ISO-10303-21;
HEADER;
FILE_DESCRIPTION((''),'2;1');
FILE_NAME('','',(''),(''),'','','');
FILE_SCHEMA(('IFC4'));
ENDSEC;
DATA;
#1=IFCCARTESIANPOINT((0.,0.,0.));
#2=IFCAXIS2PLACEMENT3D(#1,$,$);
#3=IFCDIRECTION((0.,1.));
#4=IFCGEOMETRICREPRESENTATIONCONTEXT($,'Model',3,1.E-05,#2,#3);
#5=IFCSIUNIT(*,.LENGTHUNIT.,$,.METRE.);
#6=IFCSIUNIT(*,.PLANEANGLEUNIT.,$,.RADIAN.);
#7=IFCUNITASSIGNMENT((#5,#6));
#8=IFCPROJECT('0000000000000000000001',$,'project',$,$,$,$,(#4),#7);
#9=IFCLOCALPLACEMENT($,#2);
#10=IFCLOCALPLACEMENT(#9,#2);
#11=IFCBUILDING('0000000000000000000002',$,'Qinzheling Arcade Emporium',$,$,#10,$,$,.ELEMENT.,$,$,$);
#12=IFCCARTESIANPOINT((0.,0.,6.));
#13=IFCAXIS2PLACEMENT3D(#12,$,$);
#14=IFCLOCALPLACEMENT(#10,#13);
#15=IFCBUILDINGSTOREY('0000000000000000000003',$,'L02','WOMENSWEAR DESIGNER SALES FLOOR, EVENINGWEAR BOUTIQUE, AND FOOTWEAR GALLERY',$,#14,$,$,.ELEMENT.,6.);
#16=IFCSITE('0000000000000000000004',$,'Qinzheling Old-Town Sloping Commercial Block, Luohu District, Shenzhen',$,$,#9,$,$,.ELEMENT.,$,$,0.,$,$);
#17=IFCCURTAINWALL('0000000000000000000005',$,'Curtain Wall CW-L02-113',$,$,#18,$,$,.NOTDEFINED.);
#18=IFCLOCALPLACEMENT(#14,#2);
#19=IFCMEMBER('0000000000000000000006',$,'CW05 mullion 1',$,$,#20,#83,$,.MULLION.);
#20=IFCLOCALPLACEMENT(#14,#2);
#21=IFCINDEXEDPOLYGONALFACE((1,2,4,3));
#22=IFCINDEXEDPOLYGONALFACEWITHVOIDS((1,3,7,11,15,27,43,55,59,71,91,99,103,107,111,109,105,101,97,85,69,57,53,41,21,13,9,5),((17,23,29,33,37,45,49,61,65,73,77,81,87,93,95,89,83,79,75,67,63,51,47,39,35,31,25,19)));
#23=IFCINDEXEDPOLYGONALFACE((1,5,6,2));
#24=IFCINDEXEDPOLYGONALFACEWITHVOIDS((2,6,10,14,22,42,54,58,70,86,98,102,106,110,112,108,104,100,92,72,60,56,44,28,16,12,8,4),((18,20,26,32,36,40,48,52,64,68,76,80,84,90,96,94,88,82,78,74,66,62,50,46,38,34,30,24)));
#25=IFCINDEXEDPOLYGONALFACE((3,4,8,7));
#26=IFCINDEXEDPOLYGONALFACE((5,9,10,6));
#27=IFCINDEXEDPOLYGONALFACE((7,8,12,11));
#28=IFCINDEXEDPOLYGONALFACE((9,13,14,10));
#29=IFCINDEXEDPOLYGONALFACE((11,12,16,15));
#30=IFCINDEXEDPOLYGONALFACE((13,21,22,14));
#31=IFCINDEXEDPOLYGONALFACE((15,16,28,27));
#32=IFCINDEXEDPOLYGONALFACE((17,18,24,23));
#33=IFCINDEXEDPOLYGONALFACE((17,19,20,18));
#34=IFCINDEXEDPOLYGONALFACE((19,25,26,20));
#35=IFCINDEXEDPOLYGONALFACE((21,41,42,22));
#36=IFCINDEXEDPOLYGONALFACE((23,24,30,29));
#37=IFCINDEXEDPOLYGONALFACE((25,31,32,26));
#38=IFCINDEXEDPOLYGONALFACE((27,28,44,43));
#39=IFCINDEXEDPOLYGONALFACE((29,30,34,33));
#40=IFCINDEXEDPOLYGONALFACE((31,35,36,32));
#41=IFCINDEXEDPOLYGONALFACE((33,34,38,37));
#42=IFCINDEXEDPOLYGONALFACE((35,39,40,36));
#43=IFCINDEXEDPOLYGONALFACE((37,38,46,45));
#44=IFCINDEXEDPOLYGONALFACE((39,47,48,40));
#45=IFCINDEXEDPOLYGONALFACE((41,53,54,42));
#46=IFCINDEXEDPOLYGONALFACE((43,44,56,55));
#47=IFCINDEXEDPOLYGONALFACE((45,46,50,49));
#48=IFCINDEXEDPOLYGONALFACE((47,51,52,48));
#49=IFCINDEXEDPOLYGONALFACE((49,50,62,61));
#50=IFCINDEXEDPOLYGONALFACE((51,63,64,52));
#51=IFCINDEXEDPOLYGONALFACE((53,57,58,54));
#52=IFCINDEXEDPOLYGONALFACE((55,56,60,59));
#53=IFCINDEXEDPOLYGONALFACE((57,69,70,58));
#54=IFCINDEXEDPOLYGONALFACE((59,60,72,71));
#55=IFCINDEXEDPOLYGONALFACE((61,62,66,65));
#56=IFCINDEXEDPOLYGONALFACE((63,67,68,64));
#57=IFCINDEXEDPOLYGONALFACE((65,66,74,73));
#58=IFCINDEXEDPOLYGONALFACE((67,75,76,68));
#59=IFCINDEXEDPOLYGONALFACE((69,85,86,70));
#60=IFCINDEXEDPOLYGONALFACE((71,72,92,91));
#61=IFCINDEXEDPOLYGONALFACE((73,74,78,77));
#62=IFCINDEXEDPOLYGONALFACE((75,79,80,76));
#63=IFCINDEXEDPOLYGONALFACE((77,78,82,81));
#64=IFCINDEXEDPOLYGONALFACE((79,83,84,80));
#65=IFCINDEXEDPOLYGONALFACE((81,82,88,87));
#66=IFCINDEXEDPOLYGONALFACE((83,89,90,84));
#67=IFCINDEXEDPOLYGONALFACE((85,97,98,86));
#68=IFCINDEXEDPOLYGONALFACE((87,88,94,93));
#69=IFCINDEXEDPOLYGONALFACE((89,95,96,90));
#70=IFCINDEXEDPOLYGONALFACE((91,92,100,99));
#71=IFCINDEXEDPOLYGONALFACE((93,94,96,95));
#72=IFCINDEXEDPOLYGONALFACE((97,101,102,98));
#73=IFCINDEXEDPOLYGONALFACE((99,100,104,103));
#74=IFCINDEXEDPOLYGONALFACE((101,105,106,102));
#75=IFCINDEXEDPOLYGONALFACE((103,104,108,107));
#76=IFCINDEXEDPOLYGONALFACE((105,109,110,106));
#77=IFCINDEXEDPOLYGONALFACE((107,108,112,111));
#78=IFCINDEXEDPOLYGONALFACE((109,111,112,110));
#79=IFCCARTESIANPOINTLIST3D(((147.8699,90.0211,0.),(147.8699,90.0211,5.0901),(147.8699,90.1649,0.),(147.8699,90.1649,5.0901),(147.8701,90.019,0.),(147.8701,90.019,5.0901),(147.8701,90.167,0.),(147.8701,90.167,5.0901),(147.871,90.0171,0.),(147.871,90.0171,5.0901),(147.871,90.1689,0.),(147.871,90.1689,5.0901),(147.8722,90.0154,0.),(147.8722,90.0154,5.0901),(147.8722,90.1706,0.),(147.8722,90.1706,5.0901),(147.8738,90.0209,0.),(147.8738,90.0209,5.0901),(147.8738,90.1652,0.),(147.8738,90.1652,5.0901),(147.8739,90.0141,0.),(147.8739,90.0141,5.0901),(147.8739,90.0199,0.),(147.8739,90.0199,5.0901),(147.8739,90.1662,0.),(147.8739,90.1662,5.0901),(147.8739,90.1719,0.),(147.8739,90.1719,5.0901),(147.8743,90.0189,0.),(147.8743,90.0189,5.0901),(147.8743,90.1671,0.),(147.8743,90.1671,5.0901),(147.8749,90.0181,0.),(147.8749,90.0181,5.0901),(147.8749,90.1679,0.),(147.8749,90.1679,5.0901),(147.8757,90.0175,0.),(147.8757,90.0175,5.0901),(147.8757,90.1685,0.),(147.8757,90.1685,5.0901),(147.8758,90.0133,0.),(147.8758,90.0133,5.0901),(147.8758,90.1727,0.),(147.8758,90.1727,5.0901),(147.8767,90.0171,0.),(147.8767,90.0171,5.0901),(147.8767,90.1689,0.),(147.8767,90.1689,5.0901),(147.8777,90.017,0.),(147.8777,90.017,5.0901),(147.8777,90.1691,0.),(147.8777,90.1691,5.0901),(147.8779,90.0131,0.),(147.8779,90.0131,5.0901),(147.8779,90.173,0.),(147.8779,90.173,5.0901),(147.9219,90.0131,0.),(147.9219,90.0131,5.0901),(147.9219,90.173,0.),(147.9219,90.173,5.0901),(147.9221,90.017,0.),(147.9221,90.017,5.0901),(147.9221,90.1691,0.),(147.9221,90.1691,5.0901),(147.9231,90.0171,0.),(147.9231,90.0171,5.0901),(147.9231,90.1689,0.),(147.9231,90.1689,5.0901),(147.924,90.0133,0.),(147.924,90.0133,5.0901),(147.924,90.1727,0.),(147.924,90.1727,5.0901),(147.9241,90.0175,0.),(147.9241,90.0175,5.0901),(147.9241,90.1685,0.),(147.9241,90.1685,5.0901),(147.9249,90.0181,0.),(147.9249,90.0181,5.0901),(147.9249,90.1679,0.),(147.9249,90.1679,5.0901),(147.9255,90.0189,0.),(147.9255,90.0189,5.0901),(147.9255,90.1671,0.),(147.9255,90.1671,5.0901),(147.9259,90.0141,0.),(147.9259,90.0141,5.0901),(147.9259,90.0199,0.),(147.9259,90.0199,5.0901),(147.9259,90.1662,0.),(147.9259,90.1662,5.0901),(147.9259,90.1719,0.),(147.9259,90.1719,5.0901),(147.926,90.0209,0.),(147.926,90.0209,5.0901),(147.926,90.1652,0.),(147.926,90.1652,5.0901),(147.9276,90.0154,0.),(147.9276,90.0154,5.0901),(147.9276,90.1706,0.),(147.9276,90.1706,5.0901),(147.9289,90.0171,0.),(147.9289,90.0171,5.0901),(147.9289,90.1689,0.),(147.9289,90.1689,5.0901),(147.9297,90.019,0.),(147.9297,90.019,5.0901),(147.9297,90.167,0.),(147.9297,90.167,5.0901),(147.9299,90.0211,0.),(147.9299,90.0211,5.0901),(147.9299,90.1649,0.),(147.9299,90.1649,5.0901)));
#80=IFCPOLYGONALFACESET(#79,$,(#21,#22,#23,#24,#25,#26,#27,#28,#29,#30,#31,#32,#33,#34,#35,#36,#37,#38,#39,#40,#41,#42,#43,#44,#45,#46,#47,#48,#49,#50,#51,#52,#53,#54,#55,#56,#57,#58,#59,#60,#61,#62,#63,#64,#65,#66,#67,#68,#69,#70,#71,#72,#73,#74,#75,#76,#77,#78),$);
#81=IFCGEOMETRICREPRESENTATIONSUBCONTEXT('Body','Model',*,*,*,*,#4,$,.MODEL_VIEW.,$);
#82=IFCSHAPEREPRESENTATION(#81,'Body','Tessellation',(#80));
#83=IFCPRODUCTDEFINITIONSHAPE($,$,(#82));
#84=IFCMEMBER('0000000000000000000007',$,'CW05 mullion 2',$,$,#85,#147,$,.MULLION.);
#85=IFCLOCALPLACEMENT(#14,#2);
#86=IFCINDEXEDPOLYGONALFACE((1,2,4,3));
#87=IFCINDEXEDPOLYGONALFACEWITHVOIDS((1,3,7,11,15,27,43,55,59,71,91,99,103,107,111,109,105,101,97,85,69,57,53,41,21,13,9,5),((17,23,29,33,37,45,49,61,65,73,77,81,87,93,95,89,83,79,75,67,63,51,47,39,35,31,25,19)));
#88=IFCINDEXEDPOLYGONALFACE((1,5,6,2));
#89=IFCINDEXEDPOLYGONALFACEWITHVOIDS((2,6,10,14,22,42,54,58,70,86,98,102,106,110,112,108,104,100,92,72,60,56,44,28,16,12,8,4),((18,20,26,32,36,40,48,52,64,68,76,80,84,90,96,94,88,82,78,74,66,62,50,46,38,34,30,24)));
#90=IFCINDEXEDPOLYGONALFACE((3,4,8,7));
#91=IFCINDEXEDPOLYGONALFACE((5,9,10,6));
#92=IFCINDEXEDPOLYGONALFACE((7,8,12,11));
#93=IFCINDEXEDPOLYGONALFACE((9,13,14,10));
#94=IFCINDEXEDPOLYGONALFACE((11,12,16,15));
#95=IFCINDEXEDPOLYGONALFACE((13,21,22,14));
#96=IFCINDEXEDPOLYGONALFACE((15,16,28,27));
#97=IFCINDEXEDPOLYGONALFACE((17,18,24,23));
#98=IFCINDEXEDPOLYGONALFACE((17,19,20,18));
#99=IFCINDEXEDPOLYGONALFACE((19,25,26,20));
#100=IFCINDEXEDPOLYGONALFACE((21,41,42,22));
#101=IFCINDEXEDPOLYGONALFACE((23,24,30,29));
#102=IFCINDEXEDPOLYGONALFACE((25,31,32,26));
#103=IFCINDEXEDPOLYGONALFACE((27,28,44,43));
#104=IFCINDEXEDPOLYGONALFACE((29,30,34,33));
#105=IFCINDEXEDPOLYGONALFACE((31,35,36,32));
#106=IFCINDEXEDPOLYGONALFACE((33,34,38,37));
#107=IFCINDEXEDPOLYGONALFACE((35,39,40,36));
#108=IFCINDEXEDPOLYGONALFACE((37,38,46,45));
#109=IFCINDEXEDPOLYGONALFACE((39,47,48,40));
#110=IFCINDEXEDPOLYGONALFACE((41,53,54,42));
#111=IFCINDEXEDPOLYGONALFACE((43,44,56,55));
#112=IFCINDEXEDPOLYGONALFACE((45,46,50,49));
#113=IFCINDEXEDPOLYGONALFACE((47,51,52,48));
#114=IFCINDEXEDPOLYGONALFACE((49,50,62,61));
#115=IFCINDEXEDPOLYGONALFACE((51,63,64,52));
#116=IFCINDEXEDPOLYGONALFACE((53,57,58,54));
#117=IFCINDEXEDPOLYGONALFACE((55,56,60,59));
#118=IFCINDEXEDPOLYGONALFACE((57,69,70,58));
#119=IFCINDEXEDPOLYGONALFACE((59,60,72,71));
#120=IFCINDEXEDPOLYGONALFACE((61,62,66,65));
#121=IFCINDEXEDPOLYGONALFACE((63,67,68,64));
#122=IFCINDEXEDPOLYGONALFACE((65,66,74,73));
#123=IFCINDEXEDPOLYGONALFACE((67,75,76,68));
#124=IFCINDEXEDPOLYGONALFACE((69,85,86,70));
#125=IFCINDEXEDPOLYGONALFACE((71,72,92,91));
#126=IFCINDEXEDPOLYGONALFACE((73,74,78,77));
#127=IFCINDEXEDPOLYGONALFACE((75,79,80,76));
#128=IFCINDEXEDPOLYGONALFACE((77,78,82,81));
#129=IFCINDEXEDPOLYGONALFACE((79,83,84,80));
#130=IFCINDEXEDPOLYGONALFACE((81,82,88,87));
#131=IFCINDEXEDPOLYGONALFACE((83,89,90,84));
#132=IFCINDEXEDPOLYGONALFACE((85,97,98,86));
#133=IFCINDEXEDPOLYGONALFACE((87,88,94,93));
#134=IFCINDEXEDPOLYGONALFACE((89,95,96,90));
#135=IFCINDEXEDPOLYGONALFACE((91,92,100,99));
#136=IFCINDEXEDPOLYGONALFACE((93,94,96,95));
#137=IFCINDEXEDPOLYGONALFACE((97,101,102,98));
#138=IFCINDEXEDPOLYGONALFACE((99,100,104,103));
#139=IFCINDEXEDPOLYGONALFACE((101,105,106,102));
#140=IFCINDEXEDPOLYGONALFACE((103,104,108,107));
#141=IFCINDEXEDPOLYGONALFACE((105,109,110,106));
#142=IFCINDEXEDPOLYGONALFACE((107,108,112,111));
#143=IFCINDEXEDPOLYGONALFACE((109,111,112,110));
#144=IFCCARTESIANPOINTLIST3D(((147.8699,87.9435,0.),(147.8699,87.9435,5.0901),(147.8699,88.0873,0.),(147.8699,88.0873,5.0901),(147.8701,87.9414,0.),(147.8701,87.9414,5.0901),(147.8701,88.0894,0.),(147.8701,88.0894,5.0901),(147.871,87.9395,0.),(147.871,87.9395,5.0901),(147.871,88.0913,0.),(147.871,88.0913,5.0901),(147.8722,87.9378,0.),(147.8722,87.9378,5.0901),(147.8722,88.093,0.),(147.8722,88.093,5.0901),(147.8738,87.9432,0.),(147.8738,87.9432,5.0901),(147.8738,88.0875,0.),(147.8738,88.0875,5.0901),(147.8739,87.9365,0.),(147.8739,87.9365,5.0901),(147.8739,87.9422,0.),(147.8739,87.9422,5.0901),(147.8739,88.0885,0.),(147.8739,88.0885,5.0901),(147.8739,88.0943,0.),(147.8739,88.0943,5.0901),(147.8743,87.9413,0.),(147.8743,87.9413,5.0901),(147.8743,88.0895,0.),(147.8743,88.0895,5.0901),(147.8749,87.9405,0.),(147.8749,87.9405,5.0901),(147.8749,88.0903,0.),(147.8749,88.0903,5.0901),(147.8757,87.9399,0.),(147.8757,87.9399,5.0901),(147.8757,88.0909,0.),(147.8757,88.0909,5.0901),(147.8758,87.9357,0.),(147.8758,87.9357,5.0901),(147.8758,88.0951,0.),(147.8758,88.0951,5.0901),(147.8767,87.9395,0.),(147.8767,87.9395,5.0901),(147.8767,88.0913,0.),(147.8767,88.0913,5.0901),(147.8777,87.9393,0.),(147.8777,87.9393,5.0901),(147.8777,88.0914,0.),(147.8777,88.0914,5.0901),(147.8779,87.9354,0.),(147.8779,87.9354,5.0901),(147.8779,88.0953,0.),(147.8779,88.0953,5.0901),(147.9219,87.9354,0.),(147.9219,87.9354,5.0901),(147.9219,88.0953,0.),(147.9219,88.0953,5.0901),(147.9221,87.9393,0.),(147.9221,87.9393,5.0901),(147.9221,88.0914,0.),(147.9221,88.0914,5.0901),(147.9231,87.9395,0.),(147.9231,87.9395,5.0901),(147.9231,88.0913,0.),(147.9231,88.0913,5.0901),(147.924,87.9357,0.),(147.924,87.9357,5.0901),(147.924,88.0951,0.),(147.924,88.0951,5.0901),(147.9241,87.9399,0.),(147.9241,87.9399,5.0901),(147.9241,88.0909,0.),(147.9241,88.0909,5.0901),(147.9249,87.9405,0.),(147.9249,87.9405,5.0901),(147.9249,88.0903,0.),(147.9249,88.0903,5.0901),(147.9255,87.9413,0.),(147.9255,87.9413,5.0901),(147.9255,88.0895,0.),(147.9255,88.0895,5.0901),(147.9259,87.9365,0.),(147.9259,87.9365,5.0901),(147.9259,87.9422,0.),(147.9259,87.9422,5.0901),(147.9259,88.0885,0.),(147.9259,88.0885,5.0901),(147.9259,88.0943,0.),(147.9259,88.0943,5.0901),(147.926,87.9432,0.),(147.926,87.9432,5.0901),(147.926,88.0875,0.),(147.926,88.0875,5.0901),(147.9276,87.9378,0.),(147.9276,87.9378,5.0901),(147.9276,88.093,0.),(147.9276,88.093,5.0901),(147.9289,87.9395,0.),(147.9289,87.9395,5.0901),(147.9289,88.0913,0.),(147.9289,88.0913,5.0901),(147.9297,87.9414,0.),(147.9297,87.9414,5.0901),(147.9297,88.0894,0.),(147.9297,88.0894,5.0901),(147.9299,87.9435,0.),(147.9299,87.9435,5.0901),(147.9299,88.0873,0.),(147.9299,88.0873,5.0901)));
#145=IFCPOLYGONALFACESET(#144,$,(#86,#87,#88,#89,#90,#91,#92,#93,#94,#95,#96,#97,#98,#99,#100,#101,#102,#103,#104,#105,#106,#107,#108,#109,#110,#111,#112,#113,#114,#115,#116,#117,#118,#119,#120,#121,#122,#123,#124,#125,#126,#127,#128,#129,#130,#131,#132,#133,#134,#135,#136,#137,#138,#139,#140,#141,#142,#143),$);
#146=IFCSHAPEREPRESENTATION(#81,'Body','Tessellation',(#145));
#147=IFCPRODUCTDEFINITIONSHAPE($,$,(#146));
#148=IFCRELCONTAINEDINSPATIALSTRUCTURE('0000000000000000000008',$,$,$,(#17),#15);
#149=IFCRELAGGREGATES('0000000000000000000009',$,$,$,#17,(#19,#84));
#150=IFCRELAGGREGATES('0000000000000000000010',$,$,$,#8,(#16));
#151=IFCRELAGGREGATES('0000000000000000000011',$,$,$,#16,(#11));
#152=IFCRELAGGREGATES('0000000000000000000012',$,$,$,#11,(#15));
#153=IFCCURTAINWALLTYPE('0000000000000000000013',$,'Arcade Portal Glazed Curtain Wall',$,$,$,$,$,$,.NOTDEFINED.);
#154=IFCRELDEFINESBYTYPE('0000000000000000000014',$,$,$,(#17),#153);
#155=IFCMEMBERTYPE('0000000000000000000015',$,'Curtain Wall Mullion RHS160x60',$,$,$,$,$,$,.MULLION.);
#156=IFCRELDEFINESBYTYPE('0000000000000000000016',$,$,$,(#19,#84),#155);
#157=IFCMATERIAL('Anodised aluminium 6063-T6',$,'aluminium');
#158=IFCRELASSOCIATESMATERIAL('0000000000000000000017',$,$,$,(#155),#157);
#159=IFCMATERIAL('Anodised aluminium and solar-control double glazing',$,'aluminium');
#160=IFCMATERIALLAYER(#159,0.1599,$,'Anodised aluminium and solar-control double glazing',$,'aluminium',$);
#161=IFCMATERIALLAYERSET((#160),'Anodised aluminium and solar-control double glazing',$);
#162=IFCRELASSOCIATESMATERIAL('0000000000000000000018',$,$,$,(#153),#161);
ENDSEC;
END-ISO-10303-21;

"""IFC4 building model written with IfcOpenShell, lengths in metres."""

from ifc_helpers import new_model, si_unit, direction, frame, origin, origin_2d, place, context, subcontext, project, spatial, hollow_rectangle, extrude, material, layer, layer_set, material_profile, profile_set, type_object, element, aggregate, save


model = new_model("IFC4")

# Units and contexts
model_context = context("Model", 3, precision=1e-05, world=origin(), true_north=direction((0.0, 1.0)))
body_context = subcontext(model_context, "Body", "Model", "MODEL_VIEW")
ifc_project = project(units=[si_unit("LENGTHUNIT", "METRE"), si_unit("PLANEANGLEUNIT", "RADIAN")], contexts=[model_context])

# Site, building, storey
site_placement = place(None, origin())
site = spatial("IfcSite", under=ifc_project, at=site_placement, Name="Qinzheling Old-Town Sloping Commercial Block, Luohu District, Shenzhen", CompositionType="ELEMENT", RefElevation=0.0)
building_placement = place(site_placement, origin())
building = spatial("IfcBuilding", under=site, at=building_placement, Name="Qinzheling Arcade Emporium", CompositionType="ELEMENT")
storey_placement = place(building_placement, frame((0.0, 0.0, 6.0)))
storey = spatial("IfcBuildingStorey", under=building, at=storey_placement, Name="L02", Description="WOMENSWEAR DESIGNER SALES FLOOR, EVENINGWEAR BOUTIQUE, AND FOOTWEAR GALLERY", CompositionType="ELEMENT", Elevation=6.0)

# Curtain wall, members
ifc_material_1 = material(Name="Anodised aluminium and solar-control double glazing", Category="aluminium")
ifc_material_2 = material(Name="Anodised aluminium 6063-T6", Category="aluminium")
ifc_material_profile_1 = material_profile(ifc_material_2, hollow_rectangle(XDim=0.0601, YDim=0.1599, WallThickness=0.0039, InnerFilletRadius=0.0039, OuterFilletRadius=0.0081, at=origin_2d()), Name="RHS 160x60x4", Category="aluminium")
ifc_profile_set_1 = profile_set([ifc_material_profile_1], Name="Anodised aluminium 6063-T6")
member_type_1 = type_object("IfcMemberType", Name="Curtain Wall Mullion RHS160x60", PredefinedType="MULLION", material=ifc_profile_set_1)
ifc_layer_1 = layer(ifc_material_1, 0.1599, Name="Anodised aluminium and solar-control double glazing", Category="aluminium")
ifc_layer_set_1 = layer_set([ifc_layer_1], Name="Anodised aluminium and solar-control double glazing")
curtain_wall_type_1 = type_object("IfcCurtainWallType", Name="Arcade Portal Glazed Curtain Wall", PredefinedType="NOTDEFINED", material=ifc_layer_set_1)
curtain_wall_1_placement = place(storey_placement, origin())
curtain_wall_1 = element("IfcCurtainWall", 1, at=curtain_wall_1_placement, inside=storey, type_object=curtain_wall_type_1, Name="Curtain Wall CW-L02-113", PredefinedType="NOTDEFINED")
member_1_placement = place(storey_placement, frame((147.8999, 90.093, 0.0), z_axis=(0.0, 0.0, 1.0), x_axis=(1.0, 0.0, 0.0)))
member_1 = element("IfcMember", 2, at=member_1_placement, type_object=member_type_1, Name="CW05 mullion 1", PredefinedType="MULLION", context=body_context, shape_type="SweptSolid", body=[
    extrude(hollow_rectangle(XDim=0.0601, YDim=0.1599, WallThickness=0.0039, InnerFilletRadius=0.0039, OuterFilletRadius=0.0081, at=origin_2d()), origin(), (0.0, 0.0, 1.0), 5.0901),
])
member_2_placement = place(storey_placement, frame((147.8999, 88.0154, 0.0), z_axis=(0.0, 0.0, 1.0), x_axis=(1.0, 0.0, 0.0)))
member_2 = element("IfcMember", 3, at=member_2_placement, type_object=member_type_1, Name="CW05 mullion 2", PredefinedType="MULLION", context=body_context, shape_type="SweptSolid", body=[
    extrude(hollow_rectangle(XDim=0.0601, YDim=0.1599, WallThickness=0.0039, InnerFilletRadius=0.0039, OuterFilletRadius=0.0081, at=origin_2d()), origin(), (0.0, 0.0, 1.0), 5.0901),
])

aggregate(curtain_wall_1, [member_1, member_2])

save(model, "model.ifc")
